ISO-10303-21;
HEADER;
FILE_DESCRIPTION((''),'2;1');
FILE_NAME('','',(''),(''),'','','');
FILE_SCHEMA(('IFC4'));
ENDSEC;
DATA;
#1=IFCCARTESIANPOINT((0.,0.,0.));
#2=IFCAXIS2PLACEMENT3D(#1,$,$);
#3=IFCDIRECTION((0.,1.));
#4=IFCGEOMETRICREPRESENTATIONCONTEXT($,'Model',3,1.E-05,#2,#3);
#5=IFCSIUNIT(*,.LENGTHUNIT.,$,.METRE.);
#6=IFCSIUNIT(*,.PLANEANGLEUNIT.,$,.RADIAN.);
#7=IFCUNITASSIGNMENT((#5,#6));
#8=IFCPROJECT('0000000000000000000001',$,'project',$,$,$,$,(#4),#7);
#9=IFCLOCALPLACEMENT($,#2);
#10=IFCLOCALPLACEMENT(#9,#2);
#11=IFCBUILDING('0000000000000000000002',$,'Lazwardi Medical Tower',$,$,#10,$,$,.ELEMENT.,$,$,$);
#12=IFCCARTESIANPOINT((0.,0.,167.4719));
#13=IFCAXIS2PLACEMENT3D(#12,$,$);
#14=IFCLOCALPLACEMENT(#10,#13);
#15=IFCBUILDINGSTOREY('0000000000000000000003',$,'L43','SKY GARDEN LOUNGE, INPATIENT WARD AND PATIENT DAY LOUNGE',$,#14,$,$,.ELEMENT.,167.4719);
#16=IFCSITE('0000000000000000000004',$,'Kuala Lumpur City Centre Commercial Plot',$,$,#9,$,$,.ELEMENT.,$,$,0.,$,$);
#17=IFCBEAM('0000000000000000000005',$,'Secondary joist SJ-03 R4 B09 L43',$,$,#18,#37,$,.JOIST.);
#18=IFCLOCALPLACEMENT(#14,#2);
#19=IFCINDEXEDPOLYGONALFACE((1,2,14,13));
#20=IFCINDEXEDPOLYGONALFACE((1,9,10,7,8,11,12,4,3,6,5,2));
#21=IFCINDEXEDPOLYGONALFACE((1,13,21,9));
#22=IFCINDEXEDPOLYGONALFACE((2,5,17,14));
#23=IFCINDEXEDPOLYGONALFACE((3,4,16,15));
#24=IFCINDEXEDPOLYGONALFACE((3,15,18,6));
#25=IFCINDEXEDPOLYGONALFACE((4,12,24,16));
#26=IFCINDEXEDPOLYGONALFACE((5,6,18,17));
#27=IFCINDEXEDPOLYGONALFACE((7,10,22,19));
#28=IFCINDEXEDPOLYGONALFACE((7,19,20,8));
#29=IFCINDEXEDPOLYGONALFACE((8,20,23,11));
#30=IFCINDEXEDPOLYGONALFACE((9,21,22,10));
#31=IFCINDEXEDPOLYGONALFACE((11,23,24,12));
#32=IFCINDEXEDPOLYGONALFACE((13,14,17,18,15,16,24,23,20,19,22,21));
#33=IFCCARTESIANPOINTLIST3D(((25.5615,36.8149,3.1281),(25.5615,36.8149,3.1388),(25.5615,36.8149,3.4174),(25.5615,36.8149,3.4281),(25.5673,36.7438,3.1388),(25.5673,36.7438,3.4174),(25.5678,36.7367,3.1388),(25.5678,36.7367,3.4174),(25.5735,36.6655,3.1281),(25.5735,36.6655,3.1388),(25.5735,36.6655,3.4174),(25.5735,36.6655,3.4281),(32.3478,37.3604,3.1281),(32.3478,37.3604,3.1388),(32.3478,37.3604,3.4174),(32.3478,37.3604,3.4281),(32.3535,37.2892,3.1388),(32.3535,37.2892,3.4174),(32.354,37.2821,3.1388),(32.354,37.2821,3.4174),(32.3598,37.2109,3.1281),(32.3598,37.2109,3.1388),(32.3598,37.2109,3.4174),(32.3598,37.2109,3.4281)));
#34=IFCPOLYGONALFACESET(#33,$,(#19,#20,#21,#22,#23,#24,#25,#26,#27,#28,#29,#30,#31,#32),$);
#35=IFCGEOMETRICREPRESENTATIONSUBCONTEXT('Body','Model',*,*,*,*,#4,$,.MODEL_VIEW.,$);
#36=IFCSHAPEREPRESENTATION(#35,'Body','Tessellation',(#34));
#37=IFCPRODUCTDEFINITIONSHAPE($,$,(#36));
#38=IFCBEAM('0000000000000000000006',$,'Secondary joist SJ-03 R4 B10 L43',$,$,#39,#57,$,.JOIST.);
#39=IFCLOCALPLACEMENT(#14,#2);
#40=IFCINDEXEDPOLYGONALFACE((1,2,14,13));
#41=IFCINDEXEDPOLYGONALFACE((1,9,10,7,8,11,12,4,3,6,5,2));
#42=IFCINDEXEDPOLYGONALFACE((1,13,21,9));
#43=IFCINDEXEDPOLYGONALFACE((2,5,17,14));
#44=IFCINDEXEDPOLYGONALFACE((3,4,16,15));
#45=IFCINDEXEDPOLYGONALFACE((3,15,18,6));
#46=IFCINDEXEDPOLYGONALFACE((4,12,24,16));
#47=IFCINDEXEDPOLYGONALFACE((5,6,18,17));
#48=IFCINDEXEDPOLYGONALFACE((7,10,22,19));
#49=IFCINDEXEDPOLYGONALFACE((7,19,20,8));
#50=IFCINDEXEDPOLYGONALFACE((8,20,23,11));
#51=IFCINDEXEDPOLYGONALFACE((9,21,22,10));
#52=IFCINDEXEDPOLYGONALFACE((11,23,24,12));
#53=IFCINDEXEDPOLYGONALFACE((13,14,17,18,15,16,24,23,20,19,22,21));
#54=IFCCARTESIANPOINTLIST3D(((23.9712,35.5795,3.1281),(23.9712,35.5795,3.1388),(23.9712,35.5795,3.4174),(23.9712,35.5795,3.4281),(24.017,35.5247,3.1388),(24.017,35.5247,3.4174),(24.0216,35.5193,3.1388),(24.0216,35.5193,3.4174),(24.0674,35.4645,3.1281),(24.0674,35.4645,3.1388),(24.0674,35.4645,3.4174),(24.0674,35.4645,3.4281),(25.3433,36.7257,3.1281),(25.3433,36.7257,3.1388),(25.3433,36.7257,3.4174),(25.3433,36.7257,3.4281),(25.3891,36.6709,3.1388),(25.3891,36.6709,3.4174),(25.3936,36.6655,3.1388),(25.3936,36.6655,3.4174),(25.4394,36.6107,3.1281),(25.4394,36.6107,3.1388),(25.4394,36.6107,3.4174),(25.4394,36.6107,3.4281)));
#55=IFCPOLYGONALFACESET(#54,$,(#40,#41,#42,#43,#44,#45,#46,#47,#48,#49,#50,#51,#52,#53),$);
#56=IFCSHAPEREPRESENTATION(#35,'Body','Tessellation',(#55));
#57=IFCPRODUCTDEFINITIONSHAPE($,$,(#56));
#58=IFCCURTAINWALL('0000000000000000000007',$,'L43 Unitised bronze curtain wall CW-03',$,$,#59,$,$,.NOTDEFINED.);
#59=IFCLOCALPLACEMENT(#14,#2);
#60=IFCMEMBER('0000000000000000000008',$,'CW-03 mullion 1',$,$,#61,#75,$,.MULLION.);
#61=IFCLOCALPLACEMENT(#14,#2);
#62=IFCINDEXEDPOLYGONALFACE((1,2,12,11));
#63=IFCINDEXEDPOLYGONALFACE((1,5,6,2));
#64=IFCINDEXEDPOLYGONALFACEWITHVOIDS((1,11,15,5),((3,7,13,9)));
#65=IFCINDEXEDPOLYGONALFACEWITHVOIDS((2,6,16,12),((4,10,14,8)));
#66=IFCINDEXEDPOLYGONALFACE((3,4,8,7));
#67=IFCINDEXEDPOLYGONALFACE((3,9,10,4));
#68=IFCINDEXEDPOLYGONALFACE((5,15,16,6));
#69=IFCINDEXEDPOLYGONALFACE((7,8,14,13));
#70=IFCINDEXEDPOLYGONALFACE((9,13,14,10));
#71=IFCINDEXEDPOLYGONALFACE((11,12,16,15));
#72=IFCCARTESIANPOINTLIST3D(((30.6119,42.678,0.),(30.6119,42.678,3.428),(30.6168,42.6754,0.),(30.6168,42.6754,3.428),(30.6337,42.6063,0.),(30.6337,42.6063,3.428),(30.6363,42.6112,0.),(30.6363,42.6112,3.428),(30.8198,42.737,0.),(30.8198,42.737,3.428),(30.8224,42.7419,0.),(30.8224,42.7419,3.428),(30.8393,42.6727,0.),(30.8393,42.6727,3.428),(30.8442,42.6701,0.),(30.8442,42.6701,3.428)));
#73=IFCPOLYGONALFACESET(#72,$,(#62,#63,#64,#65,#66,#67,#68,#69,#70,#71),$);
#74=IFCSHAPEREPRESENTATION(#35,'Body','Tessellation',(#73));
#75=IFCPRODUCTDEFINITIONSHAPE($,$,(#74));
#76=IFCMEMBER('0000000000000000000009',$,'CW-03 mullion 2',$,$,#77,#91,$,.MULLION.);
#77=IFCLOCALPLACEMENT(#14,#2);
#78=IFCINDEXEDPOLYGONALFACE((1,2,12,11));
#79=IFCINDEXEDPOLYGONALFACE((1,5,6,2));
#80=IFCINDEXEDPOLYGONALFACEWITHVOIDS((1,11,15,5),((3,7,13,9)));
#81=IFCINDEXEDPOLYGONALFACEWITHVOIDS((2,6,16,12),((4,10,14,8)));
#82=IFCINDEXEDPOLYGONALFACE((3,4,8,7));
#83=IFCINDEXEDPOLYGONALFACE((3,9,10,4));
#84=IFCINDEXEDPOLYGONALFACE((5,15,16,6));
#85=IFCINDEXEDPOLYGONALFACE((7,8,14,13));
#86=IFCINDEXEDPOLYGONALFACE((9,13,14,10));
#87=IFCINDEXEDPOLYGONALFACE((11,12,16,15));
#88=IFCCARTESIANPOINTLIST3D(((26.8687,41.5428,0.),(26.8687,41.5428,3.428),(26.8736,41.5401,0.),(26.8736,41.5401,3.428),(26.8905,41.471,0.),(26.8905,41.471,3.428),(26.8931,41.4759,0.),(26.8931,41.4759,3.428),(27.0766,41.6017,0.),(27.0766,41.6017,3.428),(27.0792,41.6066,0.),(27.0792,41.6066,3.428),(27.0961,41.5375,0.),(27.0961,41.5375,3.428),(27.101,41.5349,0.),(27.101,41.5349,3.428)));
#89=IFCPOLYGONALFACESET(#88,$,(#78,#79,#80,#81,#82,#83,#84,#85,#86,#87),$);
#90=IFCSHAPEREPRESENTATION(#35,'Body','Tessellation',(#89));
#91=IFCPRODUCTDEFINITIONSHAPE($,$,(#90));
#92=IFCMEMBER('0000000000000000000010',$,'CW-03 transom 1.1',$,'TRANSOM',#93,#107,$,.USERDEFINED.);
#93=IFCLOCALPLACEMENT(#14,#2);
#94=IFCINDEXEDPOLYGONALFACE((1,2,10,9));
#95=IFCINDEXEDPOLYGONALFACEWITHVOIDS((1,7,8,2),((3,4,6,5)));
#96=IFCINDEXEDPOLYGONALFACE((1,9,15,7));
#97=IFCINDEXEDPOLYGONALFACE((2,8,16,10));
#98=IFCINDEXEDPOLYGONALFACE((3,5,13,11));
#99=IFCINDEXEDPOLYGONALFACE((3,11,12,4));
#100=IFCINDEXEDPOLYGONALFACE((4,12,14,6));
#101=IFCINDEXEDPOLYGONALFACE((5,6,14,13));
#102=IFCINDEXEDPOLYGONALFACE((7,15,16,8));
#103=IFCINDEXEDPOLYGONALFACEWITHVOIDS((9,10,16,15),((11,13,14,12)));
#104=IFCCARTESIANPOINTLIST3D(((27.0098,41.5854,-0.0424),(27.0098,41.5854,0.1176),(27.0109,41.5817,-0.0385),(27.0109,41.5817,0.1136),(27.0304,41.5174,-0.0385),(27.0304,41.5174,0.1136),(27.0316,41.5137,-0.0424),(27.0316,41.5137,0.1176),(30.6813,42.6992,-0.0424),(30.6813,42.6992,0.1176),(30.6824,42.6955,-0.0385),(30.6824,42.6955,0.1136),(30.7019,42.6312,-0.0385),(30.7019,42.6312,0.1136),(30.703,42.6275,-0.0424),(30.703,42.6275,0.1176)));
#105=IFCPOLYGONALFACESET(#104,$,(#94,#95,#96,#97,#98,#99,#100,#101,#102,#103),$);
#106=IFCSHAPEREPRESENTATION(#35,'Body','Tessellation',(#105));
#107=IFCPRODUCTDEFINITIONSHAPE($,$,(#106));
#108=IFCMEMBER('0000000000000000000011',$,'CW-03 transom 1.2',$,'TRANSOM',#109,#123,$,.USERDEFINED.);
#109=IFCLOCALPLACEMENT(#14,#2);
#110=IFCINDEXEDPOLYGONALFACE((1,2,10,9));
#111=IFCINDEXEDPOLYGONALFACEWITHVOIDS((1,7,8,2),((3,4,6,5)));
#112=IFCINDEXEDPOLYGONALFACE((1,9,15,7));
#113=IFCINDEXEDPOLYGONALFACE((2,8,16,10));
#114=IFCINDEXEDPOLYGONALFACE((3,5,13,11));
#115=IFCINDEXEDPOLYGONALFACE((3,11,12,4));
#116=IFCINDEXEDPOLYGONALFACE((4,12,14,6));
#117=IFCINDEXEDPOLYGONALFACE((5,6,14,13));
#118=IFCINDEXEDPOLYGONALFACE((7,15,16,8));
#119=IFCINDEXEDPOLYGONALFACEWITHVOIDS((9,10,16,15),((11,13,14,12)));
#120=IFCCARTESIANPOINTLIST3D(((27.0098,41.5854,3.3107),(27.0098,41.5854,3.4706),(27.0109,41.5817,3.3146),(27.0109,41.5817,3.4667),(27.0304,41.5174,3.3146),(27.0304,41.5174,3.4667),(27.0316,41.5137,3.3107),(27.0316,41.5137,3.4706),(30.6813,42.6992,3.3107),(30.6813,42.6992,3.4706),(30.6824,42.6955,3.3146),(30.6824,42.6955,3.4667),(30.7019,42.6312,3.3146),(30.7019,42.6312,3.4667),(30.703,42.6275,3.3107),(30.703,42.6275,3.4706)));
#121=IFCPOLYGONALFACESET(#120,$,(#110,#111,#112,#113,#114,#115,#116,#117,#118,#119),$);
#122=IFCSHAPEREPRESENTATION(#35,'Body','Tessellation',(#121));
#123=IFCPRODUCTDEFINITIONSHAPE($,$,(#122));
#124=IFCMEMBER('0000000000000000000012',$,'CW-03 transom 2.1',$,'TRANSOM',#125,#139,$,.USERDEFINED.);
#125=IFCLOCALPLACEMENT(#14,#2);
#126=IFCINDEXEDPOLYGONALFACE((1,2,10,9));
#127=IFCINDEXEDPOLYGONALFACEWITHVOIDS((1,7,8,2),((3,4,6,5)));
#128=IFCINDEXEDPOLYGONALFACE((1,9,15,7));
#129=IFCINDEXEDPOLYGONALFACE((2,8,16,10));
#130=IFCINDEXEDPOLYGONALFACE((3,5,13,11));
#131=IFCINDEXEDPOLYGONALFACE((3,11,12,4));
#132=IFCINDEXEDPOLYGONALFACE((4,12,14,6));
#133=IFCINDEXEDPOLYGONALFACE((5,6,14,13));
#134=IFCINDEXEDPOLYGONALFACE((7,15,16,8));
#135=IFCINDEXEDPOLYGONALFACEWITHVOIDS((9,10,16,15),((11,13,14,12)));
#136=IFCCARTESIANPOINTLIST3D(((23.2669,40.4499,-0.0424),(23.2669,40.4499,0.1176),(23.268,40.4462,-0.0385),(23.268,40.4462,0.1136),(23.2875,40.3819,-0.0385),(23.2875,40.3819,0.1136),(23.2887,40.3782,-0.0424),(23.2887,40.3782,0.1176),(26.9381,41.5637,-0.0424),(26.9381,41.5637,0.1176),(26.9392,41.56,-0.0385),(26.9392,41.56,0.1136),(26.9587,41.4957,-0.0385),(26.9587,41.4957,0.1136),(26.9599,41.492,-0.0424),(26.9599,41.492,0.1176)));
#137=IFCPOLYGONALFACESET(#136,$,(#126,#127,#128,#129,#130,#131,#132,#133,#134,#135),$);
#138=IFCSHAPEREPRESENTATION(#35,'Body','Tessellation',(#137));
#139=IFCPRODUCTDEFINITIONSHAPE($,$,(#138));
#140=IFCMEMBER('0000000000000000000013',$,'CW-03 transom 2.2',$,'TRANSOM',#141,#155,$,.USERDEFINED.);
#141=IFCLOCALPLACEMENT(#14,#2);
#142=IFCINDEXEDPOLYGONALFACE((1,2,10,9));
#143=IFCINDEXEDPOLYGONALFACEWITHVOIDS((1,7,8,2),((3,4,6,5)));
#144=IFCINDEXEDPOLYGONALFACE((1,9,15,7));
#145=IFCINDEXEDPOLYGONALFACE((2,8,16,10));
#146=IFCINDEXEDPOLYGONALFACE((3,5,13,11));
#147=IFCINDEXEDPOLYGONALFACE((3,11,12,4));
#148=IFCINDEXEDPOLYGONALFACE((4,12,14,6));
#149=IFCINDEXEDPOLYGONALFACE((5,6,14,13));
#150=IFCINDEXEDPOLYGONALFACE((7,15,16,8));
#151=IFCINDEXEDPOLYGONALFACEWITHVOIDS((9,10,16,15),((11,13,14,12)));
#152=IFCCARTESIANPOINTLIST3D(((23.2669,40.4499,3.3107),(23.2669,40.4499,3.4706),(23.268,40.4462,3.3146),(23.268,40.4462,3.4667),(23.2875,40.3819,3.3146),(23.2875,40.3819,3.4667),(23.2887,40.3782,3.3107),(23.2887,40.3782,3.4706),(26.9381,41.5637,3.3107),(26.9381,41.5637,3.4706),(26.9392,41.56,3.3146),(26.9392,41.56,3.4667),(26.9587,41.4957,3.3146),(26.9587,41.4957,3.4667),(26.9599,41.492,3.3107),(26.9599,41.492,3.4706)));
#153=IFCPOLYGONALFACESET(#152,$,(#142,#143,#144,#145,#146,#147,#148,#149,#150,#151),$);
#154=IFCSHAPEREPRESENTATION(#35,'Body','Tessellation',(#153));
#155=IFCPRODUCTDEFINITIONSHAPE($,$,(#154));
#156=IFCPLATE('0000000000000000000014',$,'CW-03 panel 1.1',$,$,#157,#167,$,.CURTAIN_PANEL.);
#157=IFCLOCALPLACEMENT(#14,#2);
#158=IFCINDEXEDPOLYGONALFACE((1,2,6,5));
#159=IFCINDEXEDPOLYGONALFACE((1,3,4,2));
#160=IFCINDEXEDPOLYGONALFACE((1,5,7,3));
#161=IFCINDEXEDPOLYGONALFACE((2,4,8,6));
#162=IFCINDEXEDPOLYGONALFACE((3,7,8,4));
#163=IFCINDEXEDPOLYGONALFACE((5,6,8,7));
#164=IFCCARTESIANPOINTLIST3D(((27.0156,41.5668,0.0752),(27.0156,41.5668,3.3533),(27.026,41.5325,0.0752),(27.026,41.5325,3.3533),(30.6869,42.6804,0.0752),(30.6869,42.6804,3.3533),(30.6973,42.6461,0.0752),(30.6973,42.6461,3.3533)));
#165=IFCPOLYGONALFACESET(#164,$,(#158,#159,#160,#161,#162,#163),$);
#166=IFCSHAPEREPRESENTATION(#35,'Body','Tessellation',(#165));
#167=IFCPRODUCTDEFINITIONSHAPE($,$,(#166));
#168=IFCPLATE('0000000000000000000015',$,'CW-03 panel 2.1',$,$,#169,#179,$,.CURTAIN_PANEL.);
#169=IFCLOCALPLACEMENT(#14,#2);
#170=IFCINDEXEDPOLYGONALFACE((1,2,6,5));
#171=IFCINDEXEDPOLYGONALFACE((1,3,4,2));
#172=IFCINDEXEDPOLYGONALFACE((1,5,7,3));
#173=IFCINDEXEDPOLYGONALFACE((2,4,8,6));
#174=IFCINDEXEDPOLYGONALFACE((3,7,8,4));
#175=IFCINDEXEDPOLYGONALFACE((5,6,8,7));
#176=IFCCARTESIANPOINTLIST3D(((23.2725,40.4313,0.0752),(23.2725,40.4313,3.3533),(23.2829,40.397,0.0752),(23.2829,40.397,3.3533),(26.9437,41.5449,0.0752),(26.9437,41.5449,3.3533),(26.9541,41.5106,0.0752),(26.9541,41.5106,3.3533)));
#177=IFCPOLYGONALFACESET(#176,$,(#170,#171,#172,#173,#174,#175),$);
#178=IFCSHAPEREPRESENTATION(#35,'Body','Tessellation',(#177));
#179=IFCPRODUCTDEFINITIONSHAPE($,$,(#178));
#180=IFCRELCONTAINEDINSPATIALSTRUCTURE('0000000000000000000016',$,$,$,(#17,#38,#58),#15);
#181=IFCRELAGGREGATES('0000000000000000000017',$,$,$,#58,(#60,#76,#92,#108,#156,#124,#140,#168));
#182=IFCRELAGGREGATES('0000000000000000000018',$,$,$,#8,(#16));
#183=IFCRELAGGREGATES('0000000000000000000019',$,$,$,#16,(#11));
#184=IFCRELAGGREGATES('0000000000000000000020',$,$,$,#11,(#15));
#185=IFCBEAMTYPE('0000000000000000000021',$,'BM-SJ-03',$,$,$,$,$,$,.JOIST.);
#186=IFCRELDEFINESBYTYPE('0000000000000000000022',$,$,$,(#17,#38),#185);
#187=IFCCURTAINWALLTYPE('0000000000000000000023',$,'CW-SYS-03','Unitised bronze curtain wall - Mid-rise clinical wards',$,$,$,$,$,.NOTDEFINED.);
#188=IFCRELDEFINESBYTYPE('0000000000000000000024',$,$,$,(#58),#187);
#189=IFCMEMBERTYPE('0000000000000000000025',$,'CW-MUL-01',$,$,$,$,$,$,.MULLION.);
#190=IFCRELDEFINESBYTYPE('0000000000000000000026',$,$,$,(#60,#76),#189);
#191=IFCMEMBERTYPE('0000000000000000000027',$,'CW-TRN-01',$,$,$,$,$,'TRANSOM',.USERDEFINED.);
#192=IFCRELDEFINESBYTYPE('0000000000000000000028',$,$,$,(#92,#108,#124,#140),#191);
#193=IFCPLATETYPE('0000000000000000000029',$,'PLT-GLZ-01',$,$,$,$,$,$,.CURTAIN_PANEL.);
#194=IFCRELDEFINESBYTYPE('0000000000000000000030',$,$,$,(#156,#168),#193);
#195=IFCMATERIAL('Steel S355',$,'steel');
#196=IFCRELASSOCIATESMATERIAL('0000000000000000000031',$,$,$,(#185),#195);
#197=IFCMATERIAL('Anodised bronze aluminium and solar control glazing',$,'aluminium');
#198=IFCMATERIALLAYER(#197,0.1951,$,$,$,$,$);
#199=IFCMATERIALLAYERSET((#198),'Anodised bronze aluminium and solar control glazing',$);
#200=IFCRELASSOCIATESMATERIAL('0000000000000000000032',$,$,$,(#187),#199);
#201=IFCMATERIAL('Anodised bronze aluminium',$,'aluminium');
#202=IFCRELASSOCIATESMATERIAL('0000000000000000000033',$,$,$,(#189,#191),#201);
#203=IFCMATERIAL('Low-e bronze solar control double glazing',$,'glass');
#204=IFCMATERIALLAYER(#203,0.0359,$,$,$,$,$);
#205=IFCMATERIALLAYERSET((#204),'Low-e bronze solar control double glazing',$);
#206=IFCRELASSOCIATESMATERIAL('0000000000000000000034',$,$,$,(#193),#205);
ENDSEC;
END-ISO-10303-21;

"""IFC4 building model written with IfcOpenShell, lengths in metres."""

from ifc_helpers import new_model, si_unit, direction, frame, origin, origin_2d, place, context, subcontext, project, spatial, rectangle, hollow_rectangle, i_section, extrude, material, layer, layer_set, material_profile, profile_set, type_object, element, aggregate, save


model = new_model("IFC4")

# Units and contexts
model_context = context("Model", 3, precision=1e-05, world=origin(), true_north=direction((0.0, 1.0)))
body_context = subcontext(model_context, "Body", "Model", "MODEL_VIEW")
ifc_project = project(units=[si_unit("LENGTHUNIT", "METRE"), si_unit("PLANEANGLEUNIT", "RADIAN")], contexts=[model_context])

# Site, building, storey
site_placement = place(None, origin())
site = spatial("IfcSite", under=ifc_project, at=site_placement, Name="Kuala Lumpur City Centre Commercial Plot", CompositionType="ELEMENT", RefElevation=0.0)
building_placement = place(site_placement, origin())
building = spatial("IfcBuilding", under=site, at=building_placement, Name="Lazwardi Medical Tower", CompositionType="ELEMENT")
storey_placement = place(building_placement, frame((0.0, 0.0, 167.4719)))
storey = spatial("IfcBuildingStorey", under=building, at=storey_placement, Name="L43", Description="SKY GARDEN LOUNGE, INPATIENT WARD AND PATIENT DAY LOUNGE", CompositionType="ELEMENT", Elevation=167.4719)

# Beams
ifc_material_1 = material(Name="Steel S355", Category="steel")
ifc_material_profile_1 = material_profile(ifc_material_1, i_section(OverallWidth=0.1499, OverallDepth=0.3, WebThickness=0.0071, FlangeThickness=0.0107, at=origin_2d()), Name="IPE 300")
ifc_profile_set_1 = profile_set([ifc_material_profile_1], Name="Steel S355")
beam_type_1 = type_object("IfcBeamType", Name="BM-SJ-03", PredefinedType="JOIST", material=ifc_profile_set_1)
beam_1_placement = place(storey_placement, frame((32.3538, 37.2856, 3.2781), z_axis=(-0.996786, -0.080113, 0.0), x_axis=(0.080113, -0.996786, 0.0)))
element("IfcBeam", 1, at=beam_1_placement, inside=storey, type_object=beam_type_1, Name="Secondary joist SJ-03 R4 B09 L43", PredefinedType="JOIST", context=body_context, shape_type="SweptSolid", body=[
    extrude(i_section(OverallWidth=0.1499, OverallDepth=0.3, WebThickness=0.0071, FlangeThickness=0.0107, at=origin_2d()), origin(), (0.0, 0.0, 1.0), 6.8081),
])
beam_2_placement = place(storey_placement, frame((25.3914, 36.6682, 3.2781), z_axis=(-0.767437, -0.641124, 0.0), x_axis=(0.641124, -0.767437, 0.0)))
element("IfcBeam", 2, at=beam_2_placement, inside=storey, type_object=beam_type_1, Name="Secondary joist SJ-03 R4 B10 L43", PredefinedType="JOIST", context=body_context, shape_type="SweptSolid", body=[
    extrude(i_section(OverallWidth=0.1499, OverallDepth=0.3, WebThickness=0.0071, FlangeThickness=0.0107, at=origin_2d()), origin(), (0.0, 0.0, 1.0), 1.7878),
])

# Curtain wall, members, plates
ifc_material_2 = material(Name="Anodised bronze aluminium and solar control glazing", Category="aluminium")
ifc_layer_1 = layer(ifc_material_2, 0.1951)
ifc_layer_set_1 = layer_set([ifc_layer_1], Name="Anodised bronze aluminium and solar control glazing")
curtain_wall_type = type_object("IfcCurtainWallType", Name="CW-SYS-03", Description="Unitised bronze curtain wall - Mid-rise clinical wards", PredefinedType="NOTDEFINED", material=ifc_layer_set_1)
curtain_wall_placement = place(storey_placement, origin())
curtain_wall = element("IfcCurtainWall", 3, at=curtain_wall_placement, inside=storey, type_object=curtain_wall_type, Name="L43 Unitised bronze curtain wall CW-03", PredefinedType="NOTDEFINED")
ifc_material_3 = material(Name="Anodised bronze aluminium", Category="aluminium")
ifc_material_profile_2 = material_profile(ifc_material_3, hollow_rectangle(XDim=0.075, YDim=0.22, WallThickness=0.0039, at=origin_2d()), Name="ALU-MULLION 220x75x4")
ifc_profile_set_2 = profile_set([ifc_material_profile_2], Name="Anodised bronze aluminium")
member_type_1 = type_object("IfcMemberType", Name="CW-MUL-01", PredefinedType="MULLION", material=ifc_profile_set_2)
member_1_placement = place(storey_placement, frame((30.728, 42.6741, 0.0), z_axis=(0.0, 0.0, 1.0), x_axis=(0.290281, -0.956942, 0.0)))
member_1 = element("IfcMember", 4, at=member_1_placement, type_object=member_type_1, Name="CW-03 mullion 1", PredefinedType="MULLION", context=body_context, shape_type="SweptSolid", body=[
    extrude(hollow_rectangle(XDim=0.075, YDim=0.22, WallThickness=0.0039, at=origin_2d()), origin(), (0.0, 0.0, 1.0), 3.428),
])
member_2_placement = place(storey_placement, frame((26.9849, 41.5388, 0.0), z_axis=(0.0, 0.0, 1.0), x_axis=(0.290281, -0.956942, 0.0)))
member_2 = element("IfcMember", 5, at=member_2_placement, type_object=member_type_1, Name="CW-03 mullion 2", PredefinedType="MULLION", context=body_context, shape_type="SweptSolid", body=[
    extrude(hollow_rectangle(XDim=0.075, YDim=0.22, WallThickness=0.0039, at=origin_2d()), origin(), (0.0, 0.0, 1.0), 3.428),
])
ifc_material_profile_3 = material_profile(ifc_material_3, hollow_rectangle(XDim=0.075, YDim=0.1599, WallThickness=0.0039, at=origin_2d()), Name="ALU-TRANSOM 160x75x4")
ifc_profile_set_3 = profile_set([ifc_material_profile_3], Name="Anodised bronze aluminium")
member_type_2 = type_object("IfcMemberType", Name="CW-TRN-01", ElementType="TRANSOM", PredefinedType="USERDEFINED", material=ifc_profile_set_3)
member_3_placement = place(storey_placement, frame((30.6921, 42.6633, 0.0376), z_axis=(-0.956936, -0.290301, 0.0), x_axis=(0.290301, -0.956936, 0.0)))
member_3 = element("IfcMember", 6, at=member_3_placement, type_object=member_type_2, Name="CW-03 transom 1.1", ObjectType="TRANSOM", PredefinedType="USERDEFINED", context=body_context, shape_type="SweptSolid", body=[
    extrude(hollow_rectangle(XDim=0.075, YDim=0.1599, WallThickness=0.0039, at=origin_2d()), origin(), (0.0, 0.0, 1.0), 3.8367),
])
member_4_placement = place(storey_placement, frame((30.6921, 42.6633, 3.3906), z_axis=(-0.956936, -0.290301, 0.0), x_axis=(0.290301, -0.956936, 0.0)))
member_4 = element("IfcMember", 7, at=member_4_placement, type_object=member_type_2, Name="CW-03 transom 1.2", ObjectType="TRANSOM", PredefinedType="USERDEFINED", context=body_context, shape_type="SweptSolid", body=[
    extrude(hollow_rectangle(XDim=0.075, YDim=0.1599, WallThickness=0.0039, at=origin_2d()), origin(), (0.0, 0.0, 1.0), 3.8367),
])
member_5_placement = place(storey_placement, frame((26.949, 41.5278, 0.0376), z_axis=(-0.95693, -0.290318, 0.0), x_axis=(0.290318, -0.95693, 0.0)))
member_5 = element("IfcMember", 8, at=member_5_placement, type_object=member_type_2, Name="CW-03 transom 2.1", ObjectType="TRANSOM", PredefinedType="USERDEFINED", context=body_context, shape_type="SweptSolid", body=[
    extrude(hollow_rectangle(XDim=0.075, YDim=0.1599, WallThickness=0.0039, at=origin_2d()), origin(), (0.0, 0.0, 1.0), 3.8364),
])
member_6_placement = place(storey_placement, frame((26.949, 41.5278, 3.3906), z_axis=(-0.95693, -0.290318, 0.0), x_axis=(0.290318, -0.95693, 0.0)))
member_6 = element("IfcMember", 9, at=member_6_placement, type_object=member_type_2, Name="CW-03 transom 2.2", ObjectType="TRANSOM", PredefinedType="USERDEFINED", context=body_context, shape_type="SweptSolid", body=[
    extrude(hollow_rectangle(XDim=0.075, YDim=0.1599, WallThickness=0.0039, at=origin_2d()), origin(), (0.0, 0.0, 1.0), 3.8364),
])
ifc_material_4 = material(Name="Low-e bronze solar control double glazing", Category="glass")
ifc_layer_2 = layer(ifc_material_4, 0.0359)
ifc_layer_set_2 = layer_set([ifc_layer_2], Name="Low-e bronze solar control double glazing")
plate_type = type_object("IfcPlateType", Name="PLT-GLZ-01", PredefinedType="CURTAIN_PANEL", material=ifc_layer_set_2)
plate_1_placement = place(storey_placement, frame((28.8564, 42.1064, 0.0752), z_axis=(0.0, 0.0, 1.0), x_axis=(-0.956942, -0.290281, 0.0)))
plate_1 = element("IfcPlate", 10, at=plate_1_placement, type_object=plate_type, Name="CW-03 panel 1.1", PredefinedType="CURTAIN_PANEL", context=body_context, shape_type="SweptSolid", body=[
    extrude(rectangle(XDim=3.8364, YDim=0.0359, at=origin_2d()), origin(), (0.0, 0.0, 1.0), 3.2781),
])
plate_2_placement = place(storey_placement, frame((25.1133, 40.9709, 0.0752), z_axis=(0.0, 0.0, 1.0), x_axis=(-0.956942, -0.290281, 0.0)))
plate_2 = element("IfcPlate", 11, at=plate_2_placement, type_object=plate_type, Name="CW-03 panel 2.1", PredefinedType="CURTAIN_PANEL", context=body_context, shape_type="SweptSolid", body=[
    extrude(rectangle(XDim=3.8364, YDim=0.0359, at=origin_2d()), origin(), (0.0, 0.0, 1.0), 3.2781),
])
aggregate(curtain_wall, [member_1, member_2, member_3, member_4, plate_1, member_5, member_6, plate_2])

save(model, "model.ifc")
